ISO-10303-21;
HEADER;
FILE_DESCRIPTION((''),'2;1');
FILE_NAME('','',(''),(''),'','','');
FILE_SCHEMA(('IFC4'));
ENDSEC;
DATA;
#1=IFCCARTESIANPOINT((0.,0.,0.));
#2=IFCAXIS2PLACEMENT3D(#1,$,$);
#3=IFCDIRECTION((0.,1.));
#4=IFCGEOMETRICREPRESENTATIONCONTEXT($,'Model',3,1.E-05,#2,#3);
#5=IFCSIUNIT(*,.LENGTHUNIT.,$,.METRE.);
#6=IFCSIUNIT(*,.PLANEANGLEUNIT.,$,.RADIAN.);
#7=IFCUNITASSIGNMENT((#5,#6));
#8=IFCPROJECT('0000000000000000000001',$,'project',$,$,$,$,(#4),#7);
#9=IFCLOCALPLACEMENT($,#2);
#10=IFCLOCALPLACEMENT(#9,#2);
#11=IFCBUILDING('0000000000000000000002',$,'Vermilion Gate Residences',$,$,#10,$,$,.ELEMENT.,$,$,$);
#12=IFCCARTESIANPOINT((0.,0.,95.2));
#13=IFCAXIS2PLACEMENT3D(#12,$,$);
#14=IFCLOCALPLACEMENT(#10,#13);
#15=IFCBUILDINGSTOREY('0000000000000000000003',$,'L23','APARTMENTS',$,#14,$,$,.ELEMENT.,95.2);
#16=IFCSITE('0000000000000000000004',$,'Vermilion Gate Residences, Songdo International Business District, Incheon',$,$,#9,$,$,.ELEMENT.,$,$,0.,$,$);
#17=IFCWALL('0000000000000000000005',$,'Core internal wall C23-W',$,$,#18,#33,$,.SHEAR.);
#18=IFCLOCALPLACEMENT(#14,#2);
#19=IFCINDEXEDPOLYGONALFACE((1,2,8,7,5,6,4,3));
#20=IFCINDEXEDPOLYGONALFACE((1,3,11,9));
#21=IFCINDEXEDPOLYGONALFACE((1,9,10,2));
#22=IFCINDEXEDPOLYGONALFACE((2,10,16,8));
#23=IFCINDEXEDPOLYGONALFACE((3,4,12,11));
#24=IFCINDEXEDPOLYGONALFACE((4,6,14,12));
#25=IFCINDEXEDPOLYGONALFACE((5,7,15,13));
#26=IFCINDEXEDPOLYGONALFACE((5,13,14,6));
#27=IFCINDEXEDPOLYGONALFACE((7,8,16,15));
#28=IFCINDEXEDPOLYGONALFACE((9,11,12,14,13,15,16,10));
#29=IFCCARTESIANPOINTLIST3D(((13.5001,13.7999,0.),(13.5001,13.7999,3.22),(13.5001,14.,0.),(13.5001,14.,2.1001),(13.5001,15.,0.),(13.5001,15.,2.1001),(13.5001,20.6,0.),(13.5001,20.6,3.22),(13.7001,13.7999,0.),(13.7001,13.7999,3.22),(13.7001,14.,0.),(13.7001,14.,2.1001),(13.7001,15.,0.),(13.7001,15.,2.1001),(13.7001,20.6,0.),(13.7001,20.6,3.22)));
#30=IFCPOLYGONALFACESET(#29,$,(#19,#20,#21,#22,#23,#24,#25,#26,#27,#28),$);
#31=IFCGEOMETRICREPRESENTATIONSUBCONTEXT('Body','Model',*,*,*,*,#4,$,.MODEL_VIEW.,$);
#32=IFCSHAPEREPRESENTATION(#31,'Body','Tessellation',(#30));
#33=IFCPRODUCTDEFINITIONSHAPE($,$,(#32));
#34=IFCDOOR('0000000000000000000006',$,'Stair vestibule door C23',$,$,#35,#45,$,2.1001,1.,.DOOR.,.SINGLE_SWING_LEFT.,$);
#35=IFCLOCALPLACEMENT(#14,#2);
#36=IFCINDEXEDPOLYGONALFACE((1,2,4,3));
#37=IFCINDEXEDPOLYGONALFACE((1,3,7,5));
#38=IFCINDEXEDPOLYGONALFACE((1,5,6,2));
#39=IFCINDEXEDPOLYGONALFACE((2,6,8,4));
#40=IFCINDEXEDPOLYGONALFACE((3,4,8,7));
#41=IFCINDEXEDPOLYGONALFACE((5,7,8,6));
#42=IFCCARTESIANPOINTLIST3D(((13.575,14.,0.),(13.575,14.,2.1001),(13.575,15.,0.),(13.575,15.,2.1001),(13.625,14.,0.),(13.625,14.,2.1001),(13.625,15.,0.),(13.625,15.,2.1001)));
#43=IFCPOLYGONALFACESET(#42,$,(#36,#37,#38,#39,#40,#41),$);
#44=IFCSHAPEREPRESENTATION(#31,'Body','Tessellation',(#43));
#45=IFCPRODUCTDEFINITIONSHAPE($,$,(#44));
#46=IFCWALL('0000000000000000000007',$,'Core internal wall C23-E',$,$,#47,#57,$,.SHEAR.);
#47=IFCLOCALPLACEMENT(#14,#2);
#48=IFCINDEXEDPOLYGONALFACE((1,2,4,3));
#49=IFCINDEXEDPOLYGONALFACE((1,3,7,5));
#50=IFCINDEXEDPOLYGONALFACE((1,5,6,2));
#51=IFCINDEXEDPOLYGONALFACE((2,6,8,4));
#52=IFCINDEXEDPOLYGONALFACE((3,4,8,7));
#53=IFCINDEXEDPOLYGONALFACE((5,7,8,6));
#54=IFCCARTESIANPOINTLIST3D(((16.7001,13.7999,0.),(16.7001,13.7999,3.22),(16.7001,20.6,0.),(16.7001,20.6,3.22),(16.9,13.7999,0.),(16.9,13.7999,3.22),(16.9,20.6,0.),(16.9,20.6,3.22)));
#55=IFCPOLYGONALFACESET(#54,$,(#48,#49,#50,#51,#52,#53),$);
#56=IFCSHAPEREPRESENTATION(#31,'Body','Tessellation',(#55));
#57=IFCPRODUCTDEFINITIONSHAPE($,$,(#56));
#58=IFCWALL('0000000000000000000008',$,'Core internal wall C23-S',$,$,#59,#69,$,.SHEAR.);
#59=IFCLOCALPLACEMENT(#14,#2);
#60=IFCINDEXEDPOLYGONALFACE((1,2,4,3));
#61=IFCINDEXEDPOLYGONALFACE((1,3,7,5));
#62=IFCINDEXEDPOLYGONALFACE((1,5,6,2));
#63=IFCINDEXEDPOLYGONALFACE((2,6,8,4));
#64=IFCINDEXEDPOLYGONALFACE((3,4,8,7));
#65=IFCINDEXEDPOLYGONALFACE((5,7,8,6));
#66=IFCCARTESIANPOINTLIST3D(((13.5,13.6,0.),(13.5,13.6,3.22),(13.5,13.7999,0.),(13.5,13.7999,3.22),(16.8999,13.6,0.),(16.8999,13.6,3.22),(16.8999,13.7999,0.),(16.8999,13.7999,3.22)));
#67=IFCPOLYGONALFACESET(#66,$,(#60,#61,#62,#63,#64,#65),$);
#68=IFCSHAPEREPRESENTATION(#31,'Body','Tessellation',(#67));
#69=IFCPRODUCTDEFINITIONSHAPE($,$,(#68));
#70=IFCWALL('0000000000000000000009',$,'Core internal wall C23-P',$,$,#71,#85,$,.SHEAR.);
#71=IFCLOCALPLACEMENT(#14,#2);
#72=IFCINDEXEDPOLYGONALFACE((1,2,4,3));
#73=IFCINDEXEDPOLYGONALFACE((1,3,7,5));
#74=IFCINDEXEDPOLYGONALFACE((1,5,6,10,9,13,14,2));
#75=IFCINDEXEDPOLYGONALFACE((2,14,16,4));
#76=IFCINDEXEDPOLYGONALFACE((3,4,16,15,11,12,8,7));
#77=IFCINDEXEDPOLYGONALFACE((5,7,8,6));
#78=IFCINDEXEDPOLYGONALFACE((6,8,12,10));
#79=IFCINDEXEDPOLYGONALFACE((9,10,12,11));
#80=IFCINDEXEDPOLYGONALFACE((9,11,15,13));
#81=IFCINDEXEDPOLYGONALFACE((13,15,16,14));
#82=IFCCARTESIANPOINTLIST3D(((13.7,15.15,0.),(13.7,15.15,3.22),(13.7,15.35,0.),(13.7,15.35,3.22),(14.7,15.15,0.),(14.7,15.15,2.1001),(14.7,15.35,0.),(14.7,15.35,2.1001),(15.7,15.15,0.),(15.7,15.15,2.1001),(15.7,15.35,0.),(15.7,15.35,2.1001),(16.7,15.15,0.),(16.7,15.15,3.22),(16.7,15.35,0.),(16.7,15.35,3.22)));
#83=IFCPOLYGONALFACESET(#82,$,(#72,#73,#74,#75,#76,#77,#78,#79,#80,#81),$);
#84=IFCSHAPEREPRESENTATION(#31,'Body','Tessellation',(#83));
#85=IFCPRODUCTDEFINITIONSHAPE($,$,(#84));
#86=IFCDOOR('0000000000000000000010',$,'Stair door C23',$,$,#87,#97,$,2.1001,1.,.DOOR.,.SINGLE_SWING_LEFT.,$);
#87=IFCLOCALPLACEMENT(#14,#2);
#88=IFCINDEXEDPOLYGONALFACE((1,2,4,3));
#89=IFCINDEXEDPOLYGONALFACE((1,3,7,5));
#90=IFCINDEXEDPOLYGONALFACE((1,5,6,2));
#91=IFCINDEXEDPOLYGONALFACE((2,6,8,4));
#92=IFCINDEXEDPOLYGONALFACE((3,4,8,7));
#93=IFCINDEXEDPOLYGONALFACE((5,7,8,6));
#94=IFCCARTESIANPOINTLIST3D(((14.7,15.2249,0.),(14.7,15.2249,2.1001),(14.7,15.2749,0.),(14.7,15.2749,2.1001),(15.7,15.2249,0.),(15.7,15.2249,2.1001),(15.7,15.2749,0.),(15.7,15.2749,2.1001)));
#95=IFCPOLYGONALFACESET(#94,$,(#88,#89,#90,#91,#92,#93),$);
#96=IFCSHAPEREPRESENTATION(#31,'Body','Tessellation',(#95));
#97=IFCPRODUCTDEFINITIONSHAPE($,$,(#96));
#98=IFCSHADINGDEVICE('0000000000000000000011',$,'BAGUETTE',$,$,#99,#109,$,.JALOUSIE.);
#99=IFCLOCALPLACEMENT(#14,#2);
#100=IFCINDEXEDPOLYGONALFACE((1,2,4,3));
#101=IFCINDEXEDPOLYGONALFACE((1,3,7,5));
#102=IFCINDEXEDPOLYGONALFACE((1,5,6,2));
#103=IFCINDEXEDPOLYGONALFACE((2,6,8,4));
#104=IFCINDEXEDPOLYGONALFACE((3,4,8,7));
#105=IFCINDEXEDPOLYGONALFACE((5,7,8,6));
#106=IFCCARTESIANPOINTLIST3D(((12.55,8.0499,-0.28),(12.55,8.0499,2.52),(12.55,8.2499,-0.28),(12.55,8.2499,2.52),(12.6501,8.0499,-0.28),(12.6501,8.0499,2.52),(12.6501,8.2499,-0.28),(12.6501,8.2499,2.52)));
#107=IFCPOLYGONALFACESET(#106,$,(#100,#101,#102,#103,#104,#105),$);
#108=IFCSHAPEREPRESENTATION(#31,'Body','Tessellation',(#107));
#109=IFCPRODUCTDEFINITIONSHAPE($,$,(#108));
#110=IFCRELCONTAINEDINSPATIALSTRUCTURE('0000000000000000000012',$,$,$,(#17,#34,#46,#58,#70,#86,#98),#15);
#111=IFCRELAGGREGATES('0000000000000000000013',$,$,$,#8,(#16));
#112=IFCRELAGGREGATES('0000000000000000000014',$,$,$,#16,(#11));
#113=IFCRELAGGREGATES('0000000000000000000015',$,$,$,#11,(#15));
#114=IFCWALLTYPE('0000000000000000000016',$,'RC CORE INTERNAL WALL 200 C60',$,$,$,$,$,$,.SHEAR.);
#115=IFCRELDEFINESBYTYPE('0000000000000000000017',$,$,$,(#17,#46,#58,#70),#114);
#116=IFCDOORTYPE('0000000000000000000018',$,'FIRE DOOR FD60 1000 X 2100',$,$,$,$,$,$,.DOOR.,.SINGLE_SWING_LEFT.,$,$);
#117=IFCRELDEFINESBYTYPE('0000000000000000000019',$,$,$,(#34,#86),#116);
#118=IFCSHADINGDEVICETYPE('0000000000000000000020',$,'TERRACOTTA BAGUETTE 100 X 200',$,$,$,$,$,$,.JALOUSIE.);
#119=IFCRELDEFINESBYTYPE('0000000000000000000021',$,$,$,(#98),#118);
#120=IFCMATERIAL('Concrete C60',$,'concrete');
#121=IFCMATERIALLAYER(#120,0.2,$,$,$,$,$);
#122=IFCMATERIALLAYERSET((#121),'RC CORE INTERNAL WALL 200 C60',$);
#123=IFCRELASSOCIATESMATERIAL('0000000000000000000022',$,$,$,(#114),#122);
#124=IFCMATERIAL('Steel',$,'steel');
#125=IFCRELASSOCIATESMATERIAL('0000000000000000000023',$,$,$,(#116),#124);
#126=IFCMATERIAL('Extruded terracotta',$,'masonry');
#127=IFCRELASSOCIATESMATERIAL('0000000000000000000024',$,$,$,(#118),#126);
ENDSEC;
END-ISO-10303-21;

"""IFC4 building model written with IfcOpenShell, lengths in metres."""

from ifc_helpers import new_model, si_unit, direction, frame, frame_2d, origin, origin_2d, place, context, subcontext, project, spatial, rectangle, extrude, material, layer, layer_set, material_profile, profile_set, type_object, element, fill, save


model = new_model("IFC4")

# Units and contexts
model_context = context("Model", 3, precision=1e-05, world=origin(), true_north=direction((0.0, 1.0)))
body_context = subcontext(model_context, "Body", "Model", "MODEL_VIEW")
ifc_project = project(units=[si_unit("LENGTHUNIT", "METRE"), si_unit("PLANEANGLEUNIT", "RADIAN")], contexts=[model_context])

# Site, building, storey
site_placement = place(None, origin())
site = spatial("IfcSite", under=ifc_project, at=site_placement, Name="Vermilion Gate Residences, Songdo International Business District, Incheon", CompositionType="ELEMENT", RefElevation=0.0)
building_placement = place(site_placement, origin())
building = spatial("IfcBuilding", under=site, at=building_placement, Name="Vermilion Gate Residences", CompositionType="ELEMENT")
storey_placement = place(building_placement, frame((0.0, 0.0, 95.2)))
storey = spatial("IfcBuildingStorey", under=building, at=storey_placement, Name="L23", Description="APARTMENTS", CompositionType="ELEMENT", Elevation=95.2)

# Wall, opening, door
ifc_material_1 = material(Name="Concrete C60", Category="concrete")
ifc_layer_1 = layer(ifc_material_1, 0.2)
ifc_layer_set_1 = layer_set([ifc_layer_1], Name="RC CORE INTERNAL WALL 200 C60")
wall_type_1 = type_object("IfcWallType", Name="RC CORE INTERNAL WALL 200 C60", PredefinedType="SHEAR", material=ifc_layer_set_1)
wall_1_placement = place(storey_placement, frame((13.6001, 13.8, 0.0), z_axis=(0.0, 0.0, 1.0), x_axis=(0.0, 1.0, 0.0)))
wall_1 = element("IfcWall", 1, at=wall_1_placement, inside=storey, type_object=wall_type_1, Name="Core internal wall C23-W", PredefinedType="SHEAR", context=body_context, shape_type="SweptSolid", body=[
    extrude(rectangle(XDim=6.8, YDim=0.2, at=frame_2d((3.3999, 0.0))), origin(), (0.0, 0.0, 1.0), 3.22),
])
opening_1_placement = place(wall_1_placement, frame((0.2, 0.0, 0.0)))
opening_1 = element("IfcOpeningElement", 2, at=opening_1_placement, cuts=wall_1, PredefinedType="OPENING", context=body_context, shape_type="SweptSolid", body=[
    extrude(rectangle(XDim=1.0, YDim=2.1001, at=frame_2d((0.5, 1.05))), frame((0.0, 0.1099, 0.0), z_axis=(0.0, -1.0, 0.0), x_axis=(1.0, 0.0, 0.0)), (0.0, 0.0, 1.0), 0.22),
])
ifc_material_2 = material(Name="Steel", Category="steel")
door_type_1 = type_object("IfcDoorType", Name="FIRE DOOR FD60 1000 X 2100", OperationType="SINGLE_SWING_LEFT", PredefinedType="DOOR", material=ifc_material_2)
door_1_placement = place(opening_1_placement, frame((1.0, 0.0, 0.0), z_axis=(0.0, 0.0, 1.0), x_axis=(-1.0, 0.0, 0.0)))
door_1 = element("IfcDoor", 3, at=door_1_placement, inside=storey, type_object=door_type_1, Name="Stair vestibule door C23", OperationType="SINGLE_SWING_LEFT", OverallHeight=2.1001, OverallWidth=1.0, PredefinedType="DOOR", context=body_context, shape_type="SweptSolid", body=[
    extrude(rectangle(XDim=1.0, YDim=2.1001, at=frame_2d((0.5, 1.05))), frame((0.0, 0.0249, 0.0), z_axis=(0.0, -1.0, 0.0), x_axis=(1.0, 0.0, 0.0)), (0.0, 0.0, 1.0), 0.05),
])
fill(opening_1, door_1)

# Walls
wall_2_placement = place(storey_placement, frame((16.8, 13.8, 0.0), z_axis=(0.0, 0.0, 1.0), x_axis=(0.0, 1.0, 0.0)))
element("IfcWall", 4, at=wall_2_placement, inside=storey, type_object=wall_type_1, Name="Core internal wall C23-E", PredefinedType="SHEAR", context=body_context, shape_type="SweptSolid", body=[
    extrude(rectangle(XDim=6.8, YDim=0.2, at=frame_2d((3.3999, 0.0))), origin(), (0.0, 0.0, 1.0), 3.22),
])
wall_3_placement = place(storey_placement, frame((13.5, 13.7, 0.0), z_axis=(0.0, 0.0, 1.0), x_axis=(1.0, 0.0, 0.0)))
element("IfcWall", 5, at=wall_3_placement, inside=storey, type_object=wall_type_1, Name="Core internal wall C23-S", PredefinedType="SHEAR", context=body_context, shape_type="SweptSolid", body=[
    extrude(rectangle(XDim=3.3999, YDim=0.2, at=frame_2d((1.7, 0.0))), origin(), (0.0, 0.0, 1.0), 3.22),
])

# Wall, opening, door
wall_4_placement = place(storey_placement, frame((13.7, 15.25, 0.0), z_axis=(0.0, 0.0, 1.0), x_axis=(1.0, 0.0, 0.0)))
wall_4 = element("IfcWall", 6, at=wall_4_placement, inside=storey, type_object=wall_type_1, Name="Core internal wall C23-P", PredefinedType="SHEAR", context=body_context, shape_type="SweptSolid", body=[
    extrude(rectangle(XDim=3.0, YDim=0.2, at=frame_2d((1.5, 0.0))), origin(), (0.0, 0.0, 1.0), 3.22),
])
opening_2_placement = place(wall_4_placement, frame((1.0, 0.0, 0.0)))
opening_2 = element("IfcOpeningElement", 7, at=opening_2_placement, cuts=wall_4, PredefinedType="OPENING", context=body_context, shape_type="SweptSolid", body=[
    extrude(rectangle(XDim=1.0, YDim=2.1001, at=frame_2d((0.5, 1.05))), frame((0.0, 0.1099, 0.0), z_axis=(0.0, -1.0, 0.0), x_axis=(1.0, 0.0, 0.0)), (0.0, 0.0, 1.0), 0.22),
])
door_2_placement = place(opening_2_placement, origin())
door_2 = element("IfcDoor", 8, at=door_2_placement, inside=storey, type_object=door_type_1, Name="Stair door C23", OperationType="SINGLE_SWING_LEFT", OverallHeight=2.1001, OverallWidth=1.0, PredefinedType="DOOR", context=body_context, shape_type="SweptSolid", body=[
    extrude(rectangle(XDim=1.0, YDim=2.1001, at=frame_2d((0.5, 1.05))), frame((0.0, 0.0249, 0.0), z_axis=(0.0, -1.0, 0.0), x_axis=(1.0, 0.0, 0.0)), (0.0, 0.0, 1.0), 0.05),
])
fill(opening_2, door_2)

# Shading device
ifc_material_3 = material(Name="Extruded terracotta", Category="masonry")
ifc_material_profile_1 = material_profile(ifc_material_3, rectangle(XDim=0.2, YDim=0.1001, at=origin_2d()), Name="BAGUETTE 100 X 200")
ifc_profile_set_1 = profile_set([ifc_material_profile_1], Name="Extruded terracotta")
shading_device_type = type_object("IfcShadingDeviceType", Name="TERRACOTTA BAGUETTE 100 X 200", PredefinedType="JALOUSIE", material=ifc_profile_set_1)
shading_device_placement = place(storey_placement, frame((12.6001, 8.1499, -0.28), z_axis=(0.0, 0.0, 1.0), x_axis=(0.0, 1.0, 0.0)))
element("IfcShadingDevice", 9, at=shading_device_placement, inside=storey, type_object=shading_device_type, Name="BAGUETTE", PredefinedType="JALOUSIE", context=body_context, shape_type="SweptSolid", body=[
    extrude(rectangle(XDim=0.2, YDim=0.1001, at=origin_2d()), origin(), (0.0, 0.0, 1.0), 2.8),
])

save(model, "model.ifc")
